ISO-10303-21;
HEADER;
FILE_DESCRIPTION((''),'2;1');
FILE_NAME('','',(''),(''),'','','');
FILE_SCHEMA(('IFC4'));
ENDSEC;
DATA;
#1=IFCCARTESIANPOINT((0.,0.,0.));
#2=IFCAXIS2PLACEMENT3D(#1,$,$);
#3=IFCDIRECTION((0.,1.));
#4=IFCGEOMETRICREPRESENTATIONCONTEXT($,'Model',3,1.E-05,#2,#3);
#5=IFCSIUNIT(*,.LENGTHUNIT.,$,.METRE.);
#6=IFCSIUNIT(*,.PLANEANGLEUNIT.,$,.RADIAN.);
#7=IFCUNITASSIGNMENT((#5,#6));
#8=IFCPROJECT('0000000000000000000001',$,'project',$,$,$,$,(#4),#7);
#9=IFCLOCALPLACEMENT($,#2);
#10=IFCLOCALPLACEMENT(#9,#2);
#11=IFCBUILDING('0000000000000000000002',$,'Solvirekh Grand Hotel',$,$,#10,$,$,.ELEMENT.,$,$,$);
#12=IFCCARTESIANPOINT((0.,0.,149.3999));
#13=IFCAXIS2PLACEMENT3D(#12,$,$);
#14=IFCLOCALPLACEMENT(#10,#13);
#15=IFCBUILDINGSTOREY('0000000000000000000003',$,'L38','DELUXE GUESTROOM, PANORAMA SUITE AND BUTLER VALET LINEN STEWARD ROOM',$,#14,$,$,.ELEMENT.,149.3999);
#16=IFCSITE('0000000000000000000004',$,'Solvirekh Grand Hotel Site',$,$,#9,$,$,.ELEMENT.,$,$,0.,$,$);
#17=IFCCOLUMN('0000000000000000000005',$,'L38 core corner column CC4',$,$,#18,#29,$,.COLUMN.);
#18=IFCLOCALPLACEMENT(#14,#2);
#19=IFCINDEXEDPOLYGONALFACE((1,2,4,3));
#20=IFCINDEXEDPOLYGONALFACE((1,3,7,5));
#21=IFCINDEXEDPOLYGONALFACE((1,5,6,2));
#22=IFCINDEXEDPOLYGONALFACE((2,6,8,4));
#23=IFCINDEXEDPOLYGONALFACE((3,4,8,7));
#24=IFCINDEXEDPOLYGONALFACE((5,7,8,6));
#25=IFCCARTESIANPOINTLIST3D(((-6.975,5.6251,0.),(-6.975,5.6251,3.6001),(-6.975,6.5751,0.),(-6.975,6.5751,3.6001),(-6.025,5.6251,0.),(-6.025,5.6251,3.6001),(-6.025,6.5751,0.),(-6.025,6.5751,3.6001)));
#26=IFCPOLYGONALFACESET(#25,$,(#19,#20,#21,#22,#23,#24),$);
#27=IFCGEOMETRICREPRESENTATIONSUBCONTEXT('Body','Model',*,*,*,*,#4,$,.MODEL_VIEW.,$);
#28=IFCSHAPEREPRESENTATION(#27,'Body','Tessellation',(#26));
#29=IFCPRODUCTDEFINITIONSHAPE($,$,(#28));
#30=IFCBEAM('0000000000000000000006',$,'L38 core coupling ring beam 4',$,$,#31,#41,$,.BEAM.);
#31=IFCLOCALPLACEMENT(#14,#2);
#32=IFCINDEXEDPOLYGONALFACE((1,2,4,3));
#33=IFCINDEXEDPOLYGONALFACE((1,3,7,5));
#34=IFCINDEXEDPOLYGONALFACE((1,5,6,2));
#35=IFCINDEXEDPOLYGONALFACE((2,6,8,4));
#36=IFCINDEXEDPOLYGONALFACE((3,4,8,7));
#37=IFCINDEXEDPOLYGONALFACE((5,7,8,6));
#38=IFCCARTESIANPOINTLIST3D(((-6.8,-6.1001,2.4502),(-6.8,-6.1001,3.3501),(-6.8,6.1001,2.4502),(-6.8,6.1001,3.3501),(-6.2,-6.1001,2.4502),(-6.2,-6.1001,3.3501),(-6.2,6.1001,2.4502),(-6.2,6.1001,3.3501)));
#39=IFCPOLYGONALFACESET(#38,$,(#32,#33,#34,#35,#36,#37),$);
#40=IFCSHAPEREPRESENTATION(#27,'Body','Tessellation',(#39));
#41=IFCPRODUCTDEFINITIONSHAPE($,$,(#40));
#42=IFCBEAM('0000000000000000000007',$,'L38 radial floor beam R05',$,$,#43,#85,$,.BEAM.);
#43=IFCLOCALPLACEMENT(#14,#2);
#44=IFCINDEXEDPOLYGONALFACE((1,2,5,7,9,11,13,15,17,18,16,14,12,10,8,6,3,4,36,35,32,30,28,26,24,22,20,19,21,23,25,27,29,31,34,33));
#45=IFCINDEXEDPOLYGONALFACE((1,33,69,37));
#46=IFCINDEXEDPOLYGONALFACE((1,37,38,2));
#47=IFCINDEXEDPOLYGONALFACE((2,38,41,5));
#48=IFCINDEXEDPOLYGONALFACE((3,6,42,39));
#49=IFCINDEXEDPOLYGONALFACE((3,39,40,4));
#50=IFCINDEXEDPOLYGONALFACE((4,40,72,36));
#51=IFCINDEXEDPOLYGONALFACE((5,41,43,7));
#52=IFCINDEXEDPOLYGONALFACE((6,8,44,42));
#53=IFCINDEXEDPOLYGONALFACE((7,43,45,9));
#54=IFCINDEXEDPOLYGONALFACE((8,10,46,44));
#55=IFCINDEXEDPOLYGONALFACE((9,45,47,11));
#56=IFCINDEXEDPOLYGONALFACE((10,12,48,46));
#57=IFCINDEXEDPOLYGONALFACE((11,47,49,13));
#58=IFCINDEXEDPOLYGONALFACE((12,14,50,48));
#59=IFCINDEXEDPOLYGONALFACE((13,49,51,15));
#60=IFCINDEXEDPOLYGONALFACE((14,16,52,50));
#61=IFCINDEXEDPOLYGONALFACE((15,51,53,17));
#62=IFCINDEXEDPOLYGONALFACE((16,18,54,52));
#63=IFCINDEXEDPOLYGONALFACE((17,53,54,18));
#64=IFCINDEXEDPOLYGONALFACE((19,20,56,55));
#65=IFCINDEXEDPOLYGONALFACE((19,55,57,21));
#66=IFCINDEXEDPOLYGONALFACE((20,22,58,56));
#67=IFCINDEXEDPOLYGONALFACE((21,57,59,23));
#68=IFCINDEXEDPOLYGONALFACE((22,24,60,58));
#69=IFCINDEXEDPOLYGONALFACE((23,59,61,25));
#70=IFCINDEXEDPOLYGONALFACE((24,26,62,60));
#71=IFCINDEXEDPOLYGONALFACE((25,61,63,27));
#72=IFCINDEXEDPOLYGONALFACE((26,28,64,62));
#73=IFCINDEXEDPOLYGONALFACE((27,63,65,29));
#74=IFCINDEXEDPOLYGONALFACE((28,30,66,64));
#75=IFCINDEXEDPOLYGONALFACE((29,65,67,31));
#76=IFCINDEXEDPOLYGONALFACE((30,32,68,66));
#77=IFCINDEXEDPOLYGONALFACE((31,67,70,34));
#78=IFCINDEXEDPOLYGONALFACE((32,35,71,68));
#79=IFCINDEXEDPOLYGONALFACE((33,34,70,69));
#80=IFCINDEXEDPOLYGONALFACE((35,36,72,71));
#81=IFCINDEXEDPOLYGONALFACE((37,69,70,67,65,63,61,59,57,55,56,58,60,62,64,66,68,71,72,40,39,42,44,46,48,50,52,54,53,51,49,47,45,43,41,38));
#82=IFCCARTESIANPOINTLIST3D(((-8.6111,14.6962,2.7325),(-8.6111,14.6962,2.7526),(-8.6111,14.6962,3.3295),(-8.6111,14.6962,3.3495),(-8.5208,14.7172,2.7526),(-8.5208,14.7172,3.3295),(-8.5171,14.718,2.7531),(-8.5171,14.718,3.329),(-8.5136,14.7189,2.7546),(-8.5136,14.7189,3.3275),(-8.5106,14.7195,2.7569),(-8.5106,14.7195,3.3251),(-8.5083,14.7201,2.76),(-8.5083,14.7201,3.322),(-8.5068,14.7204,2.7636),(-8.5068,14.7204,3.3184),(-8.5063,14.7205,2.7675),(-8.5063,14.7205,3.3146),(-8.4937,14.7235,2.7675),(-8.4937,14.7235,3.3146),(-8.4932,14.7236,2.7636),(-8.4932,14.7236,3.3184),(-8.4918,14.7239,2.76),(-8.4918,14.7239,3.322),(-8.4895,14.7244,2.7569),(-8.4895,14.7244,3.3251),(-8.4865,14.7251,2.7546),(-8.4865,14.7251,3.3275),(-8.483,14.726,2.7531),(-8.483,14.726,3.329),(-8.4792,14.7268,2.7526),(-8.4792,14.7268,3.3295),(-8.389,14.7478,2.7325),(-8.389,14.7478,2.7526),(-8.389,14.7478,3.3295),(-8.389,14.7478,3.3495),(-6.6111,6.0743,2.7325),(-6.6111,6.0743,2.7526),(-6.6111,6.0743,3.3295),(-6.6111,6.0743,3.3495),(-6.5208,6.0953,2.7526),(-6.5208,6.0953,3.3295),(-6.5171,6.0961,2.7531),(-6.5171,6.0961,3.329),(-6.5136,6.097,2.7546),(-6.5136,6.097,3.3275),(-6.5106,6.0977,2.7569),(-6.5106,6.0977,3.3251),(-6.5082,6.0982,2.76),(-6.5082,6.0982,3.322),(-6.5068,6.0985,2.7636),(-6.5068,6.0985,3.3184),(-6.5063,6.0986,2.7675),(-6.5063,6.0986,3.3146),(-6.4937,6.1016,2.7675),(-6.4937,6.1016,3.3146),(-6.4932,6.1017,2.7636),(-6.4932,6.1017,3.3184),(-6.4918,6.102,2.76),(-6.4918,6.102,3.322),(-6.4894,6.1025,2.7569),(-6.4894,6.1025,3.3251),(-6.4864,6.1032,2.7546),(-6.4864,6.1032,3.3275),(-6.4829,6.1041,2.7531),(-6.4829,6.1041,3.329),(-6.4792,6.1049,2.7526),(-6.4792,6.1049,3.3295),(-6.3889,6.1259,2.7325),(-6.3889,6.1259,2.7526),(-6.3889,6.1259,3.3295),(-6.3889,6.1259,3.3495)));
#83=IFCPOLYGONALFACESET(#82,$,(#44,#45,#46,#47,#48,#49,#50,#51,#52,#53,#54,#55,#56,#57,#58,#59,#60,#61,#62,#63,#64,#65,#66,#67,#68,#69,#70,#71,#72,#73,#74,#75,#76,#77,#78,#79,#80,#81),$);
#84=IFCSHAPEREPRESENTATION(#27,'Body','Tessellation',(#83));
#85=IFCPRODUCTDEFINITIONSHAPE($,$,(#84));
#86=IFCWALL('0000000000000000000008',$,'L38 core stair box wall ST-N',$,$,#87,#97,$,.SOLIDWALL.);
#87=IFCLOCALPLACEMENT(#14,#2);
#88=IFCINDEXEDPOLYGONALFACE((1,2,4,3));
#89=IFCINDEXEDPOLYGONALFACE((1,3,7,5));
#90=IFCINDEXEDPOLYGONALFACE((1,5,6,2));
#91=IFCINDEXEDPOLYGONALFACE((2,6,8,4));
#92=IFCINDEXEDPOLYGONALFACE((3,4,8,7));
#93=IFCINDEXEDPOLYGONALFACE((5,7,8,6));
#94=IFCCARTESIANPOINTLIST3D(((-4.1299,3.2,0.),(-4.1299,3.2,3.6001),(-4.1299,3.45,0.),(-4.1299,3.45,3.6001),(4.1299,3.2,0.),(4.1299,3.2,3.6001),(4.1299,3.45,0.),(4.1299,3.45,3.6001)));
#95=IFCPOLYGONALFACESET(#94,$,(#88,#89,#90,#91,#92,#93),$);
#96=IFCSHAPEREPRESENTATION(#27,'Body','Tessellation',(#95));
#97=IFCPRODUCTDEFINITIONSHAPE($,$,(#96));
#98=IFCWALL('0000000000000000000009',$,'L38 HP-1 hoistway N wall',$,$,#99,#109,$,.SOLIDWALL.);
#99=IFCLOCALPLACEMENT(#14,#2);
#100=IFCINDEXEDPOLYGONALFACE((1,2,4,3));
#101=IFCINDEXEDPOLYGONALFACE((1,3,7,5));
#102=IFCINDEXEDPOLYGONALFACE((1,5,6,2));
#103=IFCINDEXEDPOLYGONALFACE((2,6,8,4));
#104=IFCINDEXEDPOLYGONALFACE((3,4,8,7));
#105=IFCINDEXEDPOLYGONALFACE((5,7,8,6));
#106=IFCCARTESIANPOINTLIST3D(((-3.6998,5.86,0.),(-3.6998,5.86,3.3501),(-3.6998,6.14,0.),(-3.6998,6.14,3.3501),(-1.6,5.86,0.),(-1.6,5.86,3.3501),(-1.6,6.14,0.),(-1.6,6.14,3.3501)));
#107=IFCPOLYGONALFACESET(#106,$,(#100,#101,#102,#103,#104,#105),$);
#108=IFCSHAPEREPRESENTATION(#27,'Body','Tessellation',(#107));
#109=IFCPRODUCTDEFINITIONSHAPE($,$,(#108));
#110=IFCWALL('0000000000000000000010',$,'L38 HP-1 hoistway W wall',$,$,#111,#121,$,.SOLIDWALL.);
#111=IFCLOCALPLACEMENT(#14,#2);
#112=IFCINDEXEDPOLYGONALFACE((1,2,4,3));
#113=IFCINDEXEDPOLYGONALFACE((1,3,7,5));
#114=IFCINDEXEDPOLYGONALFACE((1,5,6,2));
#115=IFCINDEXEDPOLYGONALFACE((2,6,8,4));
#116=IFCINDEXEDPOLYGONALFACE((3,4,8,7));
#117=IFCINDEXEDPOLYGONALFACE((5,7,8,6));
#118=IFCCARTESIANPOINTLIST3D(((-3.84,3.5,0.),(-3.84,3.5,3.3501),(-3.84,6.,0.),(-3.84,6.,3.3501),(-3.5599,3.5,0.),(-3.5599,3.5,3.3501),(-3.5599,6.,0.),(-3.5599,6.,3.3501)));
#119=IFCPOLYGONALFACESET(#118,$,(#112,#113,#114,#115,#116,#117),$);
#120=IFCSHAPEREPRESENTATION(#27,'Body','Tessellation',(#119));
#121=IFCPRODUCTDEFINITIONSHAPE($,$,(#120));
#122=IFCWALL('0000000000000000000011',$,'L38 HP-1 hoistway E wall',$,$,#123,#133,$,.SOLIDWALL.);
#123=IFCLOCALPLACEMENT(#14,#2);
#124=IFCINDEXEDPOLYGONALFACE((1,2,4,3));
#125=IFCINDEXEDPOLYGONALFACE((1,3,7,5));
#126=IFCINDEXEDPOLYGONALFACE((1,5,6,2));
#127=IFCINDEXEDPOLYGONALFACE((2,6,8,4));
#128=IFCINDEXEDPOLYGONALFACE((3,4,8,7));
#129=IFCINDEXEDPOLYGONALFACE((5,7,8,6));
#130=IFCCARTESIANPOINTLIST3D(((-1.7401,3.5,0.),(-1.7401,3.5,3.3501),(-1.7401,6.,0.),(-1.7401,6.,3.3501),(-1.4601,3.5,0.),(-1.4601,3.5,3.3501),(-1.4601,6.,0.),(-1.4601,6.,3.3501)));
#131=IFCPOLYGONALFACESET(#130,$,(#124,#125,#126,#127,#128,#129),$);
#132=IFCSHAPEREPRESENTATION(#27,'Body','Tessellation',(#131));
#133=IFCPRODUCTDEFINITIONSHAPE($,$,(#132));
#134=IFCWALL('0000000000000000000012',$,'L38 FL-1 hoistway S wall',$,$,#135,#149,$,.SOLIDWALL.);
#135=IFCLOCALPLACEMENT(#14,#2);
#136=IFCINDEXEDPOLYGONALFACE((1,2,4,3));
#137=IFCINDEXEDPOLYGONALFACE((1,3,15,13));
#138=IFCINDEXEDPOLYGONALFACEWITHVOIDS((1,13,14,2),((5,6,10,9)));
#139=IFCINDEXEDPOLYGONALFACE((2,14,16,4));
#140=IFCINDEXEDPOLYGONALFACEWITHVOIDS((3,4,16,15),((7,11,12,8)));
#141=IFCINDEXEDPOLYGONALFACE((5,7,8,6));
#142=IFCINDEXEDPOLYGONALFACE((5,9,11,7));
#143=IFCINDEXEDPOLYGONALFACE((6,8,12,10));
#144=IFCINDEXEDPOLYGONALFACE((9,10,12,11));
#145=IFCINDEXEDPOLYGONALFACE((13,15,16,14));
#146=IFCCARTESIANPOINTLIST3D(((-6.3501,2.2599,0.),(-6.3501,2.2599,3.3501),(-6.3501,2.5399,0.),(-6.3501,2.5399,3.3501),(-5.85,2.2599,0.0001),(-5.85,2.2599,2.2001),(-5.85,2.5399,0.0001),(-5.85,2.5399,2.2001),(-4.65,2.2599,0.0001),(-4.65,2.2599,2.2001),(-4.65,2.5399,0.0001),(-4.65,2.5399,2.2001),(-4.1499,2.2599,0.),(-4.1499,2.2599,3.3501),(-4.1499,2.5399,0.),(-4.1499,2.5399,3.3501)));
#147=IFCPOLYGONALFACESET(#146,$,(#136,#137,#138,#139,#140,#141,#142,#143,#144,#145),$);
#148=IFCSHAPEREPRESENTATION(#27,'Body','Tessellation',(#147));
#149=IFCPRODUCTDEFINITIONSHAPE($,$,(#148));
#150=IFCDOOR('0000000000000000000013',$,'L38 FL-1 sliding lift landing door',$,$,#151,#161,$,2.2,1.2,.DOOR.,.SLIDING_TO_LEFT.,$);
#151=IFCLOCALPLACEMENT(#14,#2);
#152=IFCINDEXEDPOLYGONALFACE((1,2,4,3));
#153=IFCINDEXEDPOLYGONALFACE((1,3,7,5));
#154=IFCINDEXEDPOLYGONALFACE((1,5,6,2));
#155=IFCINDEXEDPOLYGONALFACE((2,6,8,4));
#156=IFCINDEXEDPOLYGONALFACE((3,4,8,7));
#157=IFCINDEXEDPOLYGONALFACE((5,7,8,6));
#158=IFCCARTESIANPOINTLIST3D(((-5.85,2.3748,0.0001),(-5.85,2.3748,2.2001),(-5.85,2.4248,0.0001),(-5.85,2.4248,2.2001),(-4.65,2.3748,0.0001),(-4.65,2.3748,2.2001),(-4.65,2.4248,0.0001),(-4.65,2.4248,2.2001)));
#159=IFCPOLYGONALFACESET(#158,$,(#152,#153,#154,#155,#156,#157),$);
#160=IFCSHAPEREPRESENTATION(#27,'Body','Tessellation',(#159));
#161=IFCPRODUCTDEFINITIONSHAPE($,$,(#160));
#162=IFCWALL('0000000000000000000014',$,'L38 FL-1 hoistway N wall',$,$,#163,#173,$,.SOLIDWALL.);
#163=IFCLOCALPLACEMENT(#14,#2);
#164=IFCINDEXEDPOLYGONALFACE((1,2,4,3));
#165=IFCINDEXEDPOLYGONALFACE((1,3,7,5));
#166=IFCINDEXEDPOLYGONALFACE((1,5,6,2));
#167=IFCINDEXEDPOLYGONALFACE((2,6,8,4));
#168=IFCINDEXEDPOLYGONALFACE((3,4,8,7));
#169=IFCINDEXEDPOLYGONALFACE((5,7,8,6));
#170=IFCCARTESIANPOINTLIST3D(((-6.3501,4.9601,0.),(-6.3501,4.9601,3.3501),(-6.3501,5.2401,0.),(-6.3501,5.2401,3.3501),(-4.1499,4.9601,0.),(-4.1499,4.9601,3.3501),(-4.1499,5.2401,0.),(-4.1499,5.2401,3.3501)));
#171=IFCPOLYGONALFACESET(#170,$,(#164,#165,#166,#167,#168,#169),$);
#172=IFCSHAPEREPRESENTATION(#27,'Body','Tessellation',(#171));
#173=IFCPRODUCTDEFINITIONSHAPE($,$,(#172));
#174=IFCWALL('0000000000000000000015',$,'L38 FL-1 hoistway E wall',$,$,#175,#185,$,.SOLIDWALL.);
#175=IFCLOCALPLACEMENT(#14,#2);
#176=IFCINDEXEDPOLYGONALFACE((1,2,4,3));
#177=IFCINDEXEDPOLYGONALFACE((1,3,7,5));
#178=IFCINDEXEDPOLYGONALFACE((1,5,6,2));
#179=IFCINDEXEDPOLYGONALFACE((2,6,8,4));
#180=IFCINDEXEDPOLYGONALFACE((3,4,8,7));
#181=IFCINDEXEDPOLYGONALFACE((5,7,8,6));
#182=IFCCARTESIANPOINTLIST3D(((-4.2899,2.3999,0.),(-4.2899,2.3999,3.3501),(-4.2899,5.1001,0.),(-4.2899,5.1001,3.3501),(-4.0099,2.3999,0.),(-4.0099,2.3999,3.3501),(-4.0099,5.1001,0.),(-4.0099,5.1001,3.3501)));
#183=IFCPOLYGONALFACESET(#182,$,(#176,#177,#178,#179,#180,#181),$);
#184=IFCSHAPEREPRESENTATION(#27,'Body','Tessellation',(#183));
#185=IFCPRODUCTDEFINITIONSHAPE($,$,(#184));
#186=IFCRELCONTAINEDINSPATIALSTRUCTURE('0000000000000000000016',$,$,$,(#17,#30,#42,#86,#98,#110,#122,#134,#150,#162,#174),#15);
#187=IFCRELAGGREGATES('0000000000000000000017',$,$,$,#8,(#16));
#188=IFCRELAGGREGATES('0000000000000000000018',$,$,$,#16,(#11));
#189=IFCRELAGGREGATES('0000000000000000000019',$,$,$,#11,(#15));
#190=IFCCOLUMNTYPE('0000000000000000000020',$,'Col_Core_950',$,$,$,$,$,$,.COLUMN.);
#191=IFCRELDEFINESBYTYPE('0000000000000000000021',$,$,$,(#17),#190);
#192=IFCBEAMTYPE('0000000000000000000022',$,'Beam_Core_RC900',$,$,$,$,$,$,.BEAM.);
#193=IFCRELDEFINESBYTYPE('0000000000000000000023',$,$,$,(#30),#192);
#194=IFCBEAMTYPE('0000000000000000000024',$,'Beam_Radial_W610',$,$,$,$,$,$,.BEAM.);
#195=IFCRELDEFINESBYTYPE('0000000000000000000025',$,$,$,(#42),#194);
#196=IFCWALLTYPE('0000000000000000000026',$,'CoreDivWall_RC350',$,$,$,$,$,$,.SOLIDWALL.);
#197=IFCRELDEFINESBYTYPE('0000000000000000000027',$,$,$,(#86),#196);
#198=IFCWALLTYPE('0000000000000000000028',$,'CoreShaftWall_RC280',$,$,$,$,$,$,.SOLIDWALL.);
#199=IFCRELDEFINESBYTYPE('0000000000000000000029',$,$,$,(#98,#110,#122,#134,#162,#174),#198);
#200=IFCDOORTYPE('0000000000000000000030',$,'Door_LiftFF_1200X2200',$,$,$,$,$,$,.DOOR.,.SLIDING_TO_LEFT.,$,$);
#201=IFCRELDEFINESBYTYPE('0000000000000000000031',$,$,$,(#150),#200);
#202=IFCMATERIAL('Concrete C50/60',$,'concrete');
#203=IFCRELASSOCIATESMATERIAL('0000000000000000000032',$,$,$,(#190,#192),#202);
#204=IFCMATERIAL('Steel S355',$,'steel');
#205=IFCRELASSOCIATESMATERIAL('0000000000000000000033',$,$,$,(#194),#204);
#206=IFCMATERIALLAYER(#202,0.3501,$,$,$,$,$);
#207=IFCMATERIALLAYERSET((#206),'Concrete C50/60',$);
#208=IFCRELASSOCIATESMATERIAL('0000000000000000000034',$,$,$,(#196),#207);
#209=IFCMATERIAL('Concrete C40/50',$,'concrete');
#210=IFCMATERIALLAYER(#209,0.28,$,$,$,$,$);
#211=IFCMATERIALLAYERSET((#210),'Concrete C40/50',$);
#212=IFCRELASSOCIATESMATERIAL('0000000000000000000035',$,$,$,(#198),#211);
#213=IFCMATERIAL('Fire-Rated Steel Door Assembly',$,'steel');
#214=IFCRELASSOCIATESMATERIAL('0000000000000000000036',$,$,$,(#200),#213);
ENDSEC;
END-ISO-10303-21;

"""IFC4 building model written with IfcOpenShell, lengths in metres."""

from ifc_helpers import new_model, si_unit, direction, frame, frame_2d, origin, origin_2d, place, context, subcontext, project, spatial, rectangle, i_section, extrude, material, layer, layer_set, material_profile, profile_set, type_object, element, fill, save


model = new_model("IFC4")

# Units and contexts
model_context = context("Model", 3, precision=1e-05, world=origin(), true_north=direction((0.0, 1.0)))
body_context = subcontext(model_context, "Body", "Model", "MODEL_VIEW")
ifc_project = project(units=[si_unit("LENGTHUNIT", "METRE"), si_unit("PLANEANGLEUNIT", "RADIAN")], contexts=[model_context])

# Site, building, storey
site_placement = place(None, origin())
site = spatial("IfcSite", under=ifc_project, at=site_placement, Name="Solvirekh Grand Hotel Site", CompositionType="ELEMENT", RefElevation=0.0)
building_placement = place(site_placement, origin())
building = spatial("IfcBuilding", under=site, at=building_placement, Name="Solvirekh Grand Hotel", CompositionType="ELEMENT")
storey_placement = place(building_placement, frame((0.0, 0.0, 149.3999)))
storey = spatial("IfcBuildingStorey", under=building, at=storey_placement, Name="L38", Description="DELUXE GUESTROOM, PANORAMA SUITE AND BUTLER VALET LINEN STEWARD ROOM", CompositionType="ELEMENT", Elevation=149.3999)

# Column
ifc_material_1 = material(Name="Concrete C50/60", Category="concrete")
ifc_material_profile_1 = material_profile(ifc_material_1, rectangle(XDim=0.95, YDim=0.95, at=origin_2d()), Name="RC 950X950")
ifc_profile_set_1 = profile_set([ifc_material_profile_1], Name="Concrete C50/60")
column_type = type_object("IfcColumnType", Name="Col_Core_950", PredefinedType="COLUMN", material=ifc_profile_set_1)
column_placement = place(storey_placement, frame((-6.5, 6.1001, 0.0), z_axis=(0.0, 0.0, 1.0), x_axis=(1.0, 0.0, 0.0)))
element("IfcColumn", 1, at=column_placement, inside=storey, type_object=column_type, Name="L38 core corner column CC4", PredefinedType="COLUMN", context=body_context, shape_type="SweptSolid", body=[
    extrude(rectangle(XDim=0.95, YDim=0.95, at=origin_2d()), origin(), (0.0, 0.0, 1.0), 3.6001),
])

# Beams
ifc_material_profile_2 = material_profile(ifc_material_1, rectangle(XDim=0.6001, YDim=0.8999, at=origin_2d()), Name="RC BEAM 600X900")
ifc_profile_set_2 = profile_set([ifc_material_profile_2], Name="Concrete C50/60")
beam_type_1 = type_object("IfcBeamType", Name="Beam_Core_RC900", PredefinedType="BEAM", material=ifc_profile_set_2)
beam_1_placement = place(storey_placement, frame((-6.5, 6.1001, 2.9001), z_axis=(0.0, -1.0, 0.0), x_axis=(1.0, 0.0, 0.0)))
element("IfcBeam", 2, at=beam_1_placement, inside=storey, type_object=beam_type_1, Name="L38 core coupling ring beam 4", PredefinedType="BEAM", context=body_context, shape_type="SweptSolid", body=[
    extrude(rectangle(XDim=0.6001, YDim=0.8999, at=origin_2d()), origin(), (0.0, 0.0, 1.0), 12.2002),
])
ifc_material_2 = material(Name="Steel S355", Category="steel")
ifc_material_profile_3 = material_profile(ifc_material_2, i_section(OverallWidth=0.228, OverallDepth=0.6169, WebThickness=0.0129, FlangeThickness=0.02, FilletRadius=0.0149, at=origin_2d()), Name="W610X140")
ifc_profile_set_3 = profile_set([ifc_material_profile_3], Name="Steel S355")
beam_type_2 = type_object("IfcBeamType", Name="Beam_Radial_W610", PredefinedType="BEAM", material=ifc_profile_set_3)
beam_2_placement = place(storey_placement, frame((-6.5, 6.1001, 3.041), z_axis=(-0.225969, 0.974134, 0.0), x_axis=(-0.974134, -0.225969, 0.0)))
element("IfcBeam", 3, at=beam_2_placement, inside=storey, type_object=beam_type_2, Name="L38 radial floor beam R05", PredefinedType="BEAM", context=body_context, shape_type="SweptSolid", body=[
    extrude(i_section(OverallWidth=0.228, OverallDepth=0.6169, WebThickness=0.0129, FlangeThickness=0.02, FilletRadius=0.0149, at=origin_2d()), origin(), (0.0, 0.0, 1.0), 8.8508),
])

# Walls
ifc_layer_1 = layer(ifc_material_1, 0.3501)
ifc_layer_set_1 = layer_set([ifc_layer_1], Name="Concrete C50/60")
wall_type_1 = type_object("IfcWallType", Name="CoreDivWall_RC350", PredefinedType="SOLIDWALL", material=ifc_layer_set_1)
wall_1_placement = place(storey_placement, frame((-4.1299, 3.325, 0.0), z_axis=(0.0, 0.0, 1.0), x_axis=(1.0, 0.0, 0.0)))
element("IfcWall", 4, at=wall_1_placement, inside=storey, type_object=wall_type_1, Name="L38 core stair box wall ST-N", PredefinedType="SOLIDWALL", context=body_context, shape_type="SweptSolid", body=[
    extrude(rectangle(XDim=8.2598, YDim=0.25, at=frame_2d((4.1299, 0.0))), origin(), (0.0, 0.0, 1.0), 3.6001),
])
ifc_material_3 = material(Name="Concrete C40/50", Category="concrete")
ifc_layer_2 = layer(ifc_material_3, 0.28)
ifc_layer_set_2 = layer_set([ifc_layer_2], Name="Concrete C40/50")
wall_type_2 = type_object("IfcWallType", Name="CoreShaftWall_RC280", PredefinedType="SOLIDWALL", material=ifc_layer_set_2)
wall_2_placement = place(storey_placement, frame((-1.6001, 6.0, 0.0), z_axis=(0.0, 0.0, 1.0), x_axis=(-1.0, 0.0, 0.0)))
element("IfcWall", 5, at=wall_2_placement, inside=storey, type_object=wall_type_2, Name="L38 HP-1 hoistway N wall", PredefinedType="SOLIDWALL", context=body_context, shape_type="SweptSolid", body=[
    extrude(rectangle(XDim=2.0999, YDim=0.28, at=frame_2d((1.0498, 0.0))), origin(), (0.0, 0.0, 1.0), 3.3501),
])
for number, where, z_axis, x_axis, name in (
    (6, (-3.7, 6.0, 0.0), (0.0, 0.0, 1.0), (0.0, -1.0, 0.0), "L38 HP-1 hoistway W wall"),
    (7, (-1.6001, 3.5, 0.0), (0.0, 0.0, 1.0), (0.0, 1.0, 0.0), "L38 HP-1 hoistway E wall"),
):
    element("IfcWall", number, at=place(storey_placement, frame(where, z_axis=z_axis, x_axis=x_axis)), inside=storey, type_object=wall_type_2, Name=name, PredefinedType="SOLIDWALL", context=body_context, shape_type="SweptSolid", body=[
        extrude(rectangle(XDim=2.5, YDim=0.28, at=frame_2d((1.25, 0.0))), origin(), (0.0, 0.0, 1.0), 3.3501),
    ])

# Wall, opening, door
wall_3_placement = place(storey_placement, frame((-6.3501, 2.3999, 0.0), z_axis=(0.0, 0.0, 1.0), x_axis=(1.0, 0.0, 0.0)))
wall_3 = element("IfcWall", 8, at=wall_3_placement, inside=storey, type_object=wall_type_2, Name="L38 FL-1 hoistway S wall", PredefinedType="SOLIDWALL", context=body_context, shape_type="SweptSolid", body=[
    extrude(rectangle(XDim=2.2002, YDim=0.28, at=frame_2d((1.1001, 0.0))), origin(), (0.0, 0.0, 1.0), 3.3501),
])
opening_1_placement = place(wall_3_placement, frame((0.5, 0.0, 0.0)))
opening_1 = element("IfcOpeningElement", 9, at=opening_1_placement, cuts=wall_3, PredefinedType="OPENING", context=body_context, shape_type="SweptSolid", body=[
    extrude(rectangle(XDim=1.2, YDim=2.2, at=frame_2d((0.6001, 1.1001))), frame((0.0, 0.1499, 0.0), z_axis=(0.0, -1.0, 0.0), x_axis=(1.0, 0.0, 0.0)), (0.0, 0.0, 1.0), 0.3),
])
ifc_material_4 = material(Name="Fire-Rated Steel Door Assembly", Category="steel")
door_type_1 = type_object("IfcDoorType", Name="Door_LiftFF_1200X2200", OperationType="SLIDING_TO_LEFT", PredefinedType="DOOR", material=ifc_material_4)
door_1_placement = place(opening_1_placement, origin())
door_1 = element("IfcDoor", 10, at=door_1_placement, inside=storey, type_object=door_type_1, Name="L38 FL-1 sliding lift landing door", OperationType="SLIDING_TO_LEFT", OverallHeight=2.2, OverallWidth=1.2, PredefinedType="DOOR", context=body_context, shape_type="SweptSolid", body=[
    extrude(rectangle(XDim=1.2, YDim=2.2, at=frame_2d((0.6001, 1.1001))), frame((0.0, 0.0249, 0.0), z_axis=(0.0, -1.0, 0.0), x_axis=(1.0, 0.0, 0.0)), (0.0, 0.0, 1.0), 0.05),
])
fill(opening_1, door_1)

# Walls
wall_4_placement = place(storey_placement, frame((-4.1499, 5.1001, 0.0), z_axis=(0.0, 0.0, 1.0), x_axis=(-1.0, 0.0, 0.0)))
element("IfcWall", 11, at=wall_4_placement, inside=storey, type_object=wall_type_2, Name="L38 FL-1 hoistway N wall", PredefinedType="SOLIDWALL", context=body_context, shape_type="SweptSolid", body=[
    extrude(rectangle(XDim=2.2002, YDim=0.28, at=frame_2d((1.1001, 0.0))), origin(), (0.0, 0.0, 1.0), 3.3501),
])
wall_5_placement = place(storey_placement, frame((-4.1499, 2.3999, 0.0), z_axis=(0.0, 0.0, 1.0), x_axis=(0.0, 1.0, 0.0)))
element("IfcWall", 12, at=wall_5_placement, inside=storey, type_object=wall_type_2, Name="L38 FL-1 hoistway E wall", PredefinedType="SOLIDWALL", context=body_context, shape_type="SweptSolid", body=[
    extrude(rectangle(XDim=2.7002, YDim=0.28, at=frame_2d((1.3501, 0.0))), origin(), (0.0, 0.0, 1.0), 3.3501),
])

save(model, "model.ifc")
